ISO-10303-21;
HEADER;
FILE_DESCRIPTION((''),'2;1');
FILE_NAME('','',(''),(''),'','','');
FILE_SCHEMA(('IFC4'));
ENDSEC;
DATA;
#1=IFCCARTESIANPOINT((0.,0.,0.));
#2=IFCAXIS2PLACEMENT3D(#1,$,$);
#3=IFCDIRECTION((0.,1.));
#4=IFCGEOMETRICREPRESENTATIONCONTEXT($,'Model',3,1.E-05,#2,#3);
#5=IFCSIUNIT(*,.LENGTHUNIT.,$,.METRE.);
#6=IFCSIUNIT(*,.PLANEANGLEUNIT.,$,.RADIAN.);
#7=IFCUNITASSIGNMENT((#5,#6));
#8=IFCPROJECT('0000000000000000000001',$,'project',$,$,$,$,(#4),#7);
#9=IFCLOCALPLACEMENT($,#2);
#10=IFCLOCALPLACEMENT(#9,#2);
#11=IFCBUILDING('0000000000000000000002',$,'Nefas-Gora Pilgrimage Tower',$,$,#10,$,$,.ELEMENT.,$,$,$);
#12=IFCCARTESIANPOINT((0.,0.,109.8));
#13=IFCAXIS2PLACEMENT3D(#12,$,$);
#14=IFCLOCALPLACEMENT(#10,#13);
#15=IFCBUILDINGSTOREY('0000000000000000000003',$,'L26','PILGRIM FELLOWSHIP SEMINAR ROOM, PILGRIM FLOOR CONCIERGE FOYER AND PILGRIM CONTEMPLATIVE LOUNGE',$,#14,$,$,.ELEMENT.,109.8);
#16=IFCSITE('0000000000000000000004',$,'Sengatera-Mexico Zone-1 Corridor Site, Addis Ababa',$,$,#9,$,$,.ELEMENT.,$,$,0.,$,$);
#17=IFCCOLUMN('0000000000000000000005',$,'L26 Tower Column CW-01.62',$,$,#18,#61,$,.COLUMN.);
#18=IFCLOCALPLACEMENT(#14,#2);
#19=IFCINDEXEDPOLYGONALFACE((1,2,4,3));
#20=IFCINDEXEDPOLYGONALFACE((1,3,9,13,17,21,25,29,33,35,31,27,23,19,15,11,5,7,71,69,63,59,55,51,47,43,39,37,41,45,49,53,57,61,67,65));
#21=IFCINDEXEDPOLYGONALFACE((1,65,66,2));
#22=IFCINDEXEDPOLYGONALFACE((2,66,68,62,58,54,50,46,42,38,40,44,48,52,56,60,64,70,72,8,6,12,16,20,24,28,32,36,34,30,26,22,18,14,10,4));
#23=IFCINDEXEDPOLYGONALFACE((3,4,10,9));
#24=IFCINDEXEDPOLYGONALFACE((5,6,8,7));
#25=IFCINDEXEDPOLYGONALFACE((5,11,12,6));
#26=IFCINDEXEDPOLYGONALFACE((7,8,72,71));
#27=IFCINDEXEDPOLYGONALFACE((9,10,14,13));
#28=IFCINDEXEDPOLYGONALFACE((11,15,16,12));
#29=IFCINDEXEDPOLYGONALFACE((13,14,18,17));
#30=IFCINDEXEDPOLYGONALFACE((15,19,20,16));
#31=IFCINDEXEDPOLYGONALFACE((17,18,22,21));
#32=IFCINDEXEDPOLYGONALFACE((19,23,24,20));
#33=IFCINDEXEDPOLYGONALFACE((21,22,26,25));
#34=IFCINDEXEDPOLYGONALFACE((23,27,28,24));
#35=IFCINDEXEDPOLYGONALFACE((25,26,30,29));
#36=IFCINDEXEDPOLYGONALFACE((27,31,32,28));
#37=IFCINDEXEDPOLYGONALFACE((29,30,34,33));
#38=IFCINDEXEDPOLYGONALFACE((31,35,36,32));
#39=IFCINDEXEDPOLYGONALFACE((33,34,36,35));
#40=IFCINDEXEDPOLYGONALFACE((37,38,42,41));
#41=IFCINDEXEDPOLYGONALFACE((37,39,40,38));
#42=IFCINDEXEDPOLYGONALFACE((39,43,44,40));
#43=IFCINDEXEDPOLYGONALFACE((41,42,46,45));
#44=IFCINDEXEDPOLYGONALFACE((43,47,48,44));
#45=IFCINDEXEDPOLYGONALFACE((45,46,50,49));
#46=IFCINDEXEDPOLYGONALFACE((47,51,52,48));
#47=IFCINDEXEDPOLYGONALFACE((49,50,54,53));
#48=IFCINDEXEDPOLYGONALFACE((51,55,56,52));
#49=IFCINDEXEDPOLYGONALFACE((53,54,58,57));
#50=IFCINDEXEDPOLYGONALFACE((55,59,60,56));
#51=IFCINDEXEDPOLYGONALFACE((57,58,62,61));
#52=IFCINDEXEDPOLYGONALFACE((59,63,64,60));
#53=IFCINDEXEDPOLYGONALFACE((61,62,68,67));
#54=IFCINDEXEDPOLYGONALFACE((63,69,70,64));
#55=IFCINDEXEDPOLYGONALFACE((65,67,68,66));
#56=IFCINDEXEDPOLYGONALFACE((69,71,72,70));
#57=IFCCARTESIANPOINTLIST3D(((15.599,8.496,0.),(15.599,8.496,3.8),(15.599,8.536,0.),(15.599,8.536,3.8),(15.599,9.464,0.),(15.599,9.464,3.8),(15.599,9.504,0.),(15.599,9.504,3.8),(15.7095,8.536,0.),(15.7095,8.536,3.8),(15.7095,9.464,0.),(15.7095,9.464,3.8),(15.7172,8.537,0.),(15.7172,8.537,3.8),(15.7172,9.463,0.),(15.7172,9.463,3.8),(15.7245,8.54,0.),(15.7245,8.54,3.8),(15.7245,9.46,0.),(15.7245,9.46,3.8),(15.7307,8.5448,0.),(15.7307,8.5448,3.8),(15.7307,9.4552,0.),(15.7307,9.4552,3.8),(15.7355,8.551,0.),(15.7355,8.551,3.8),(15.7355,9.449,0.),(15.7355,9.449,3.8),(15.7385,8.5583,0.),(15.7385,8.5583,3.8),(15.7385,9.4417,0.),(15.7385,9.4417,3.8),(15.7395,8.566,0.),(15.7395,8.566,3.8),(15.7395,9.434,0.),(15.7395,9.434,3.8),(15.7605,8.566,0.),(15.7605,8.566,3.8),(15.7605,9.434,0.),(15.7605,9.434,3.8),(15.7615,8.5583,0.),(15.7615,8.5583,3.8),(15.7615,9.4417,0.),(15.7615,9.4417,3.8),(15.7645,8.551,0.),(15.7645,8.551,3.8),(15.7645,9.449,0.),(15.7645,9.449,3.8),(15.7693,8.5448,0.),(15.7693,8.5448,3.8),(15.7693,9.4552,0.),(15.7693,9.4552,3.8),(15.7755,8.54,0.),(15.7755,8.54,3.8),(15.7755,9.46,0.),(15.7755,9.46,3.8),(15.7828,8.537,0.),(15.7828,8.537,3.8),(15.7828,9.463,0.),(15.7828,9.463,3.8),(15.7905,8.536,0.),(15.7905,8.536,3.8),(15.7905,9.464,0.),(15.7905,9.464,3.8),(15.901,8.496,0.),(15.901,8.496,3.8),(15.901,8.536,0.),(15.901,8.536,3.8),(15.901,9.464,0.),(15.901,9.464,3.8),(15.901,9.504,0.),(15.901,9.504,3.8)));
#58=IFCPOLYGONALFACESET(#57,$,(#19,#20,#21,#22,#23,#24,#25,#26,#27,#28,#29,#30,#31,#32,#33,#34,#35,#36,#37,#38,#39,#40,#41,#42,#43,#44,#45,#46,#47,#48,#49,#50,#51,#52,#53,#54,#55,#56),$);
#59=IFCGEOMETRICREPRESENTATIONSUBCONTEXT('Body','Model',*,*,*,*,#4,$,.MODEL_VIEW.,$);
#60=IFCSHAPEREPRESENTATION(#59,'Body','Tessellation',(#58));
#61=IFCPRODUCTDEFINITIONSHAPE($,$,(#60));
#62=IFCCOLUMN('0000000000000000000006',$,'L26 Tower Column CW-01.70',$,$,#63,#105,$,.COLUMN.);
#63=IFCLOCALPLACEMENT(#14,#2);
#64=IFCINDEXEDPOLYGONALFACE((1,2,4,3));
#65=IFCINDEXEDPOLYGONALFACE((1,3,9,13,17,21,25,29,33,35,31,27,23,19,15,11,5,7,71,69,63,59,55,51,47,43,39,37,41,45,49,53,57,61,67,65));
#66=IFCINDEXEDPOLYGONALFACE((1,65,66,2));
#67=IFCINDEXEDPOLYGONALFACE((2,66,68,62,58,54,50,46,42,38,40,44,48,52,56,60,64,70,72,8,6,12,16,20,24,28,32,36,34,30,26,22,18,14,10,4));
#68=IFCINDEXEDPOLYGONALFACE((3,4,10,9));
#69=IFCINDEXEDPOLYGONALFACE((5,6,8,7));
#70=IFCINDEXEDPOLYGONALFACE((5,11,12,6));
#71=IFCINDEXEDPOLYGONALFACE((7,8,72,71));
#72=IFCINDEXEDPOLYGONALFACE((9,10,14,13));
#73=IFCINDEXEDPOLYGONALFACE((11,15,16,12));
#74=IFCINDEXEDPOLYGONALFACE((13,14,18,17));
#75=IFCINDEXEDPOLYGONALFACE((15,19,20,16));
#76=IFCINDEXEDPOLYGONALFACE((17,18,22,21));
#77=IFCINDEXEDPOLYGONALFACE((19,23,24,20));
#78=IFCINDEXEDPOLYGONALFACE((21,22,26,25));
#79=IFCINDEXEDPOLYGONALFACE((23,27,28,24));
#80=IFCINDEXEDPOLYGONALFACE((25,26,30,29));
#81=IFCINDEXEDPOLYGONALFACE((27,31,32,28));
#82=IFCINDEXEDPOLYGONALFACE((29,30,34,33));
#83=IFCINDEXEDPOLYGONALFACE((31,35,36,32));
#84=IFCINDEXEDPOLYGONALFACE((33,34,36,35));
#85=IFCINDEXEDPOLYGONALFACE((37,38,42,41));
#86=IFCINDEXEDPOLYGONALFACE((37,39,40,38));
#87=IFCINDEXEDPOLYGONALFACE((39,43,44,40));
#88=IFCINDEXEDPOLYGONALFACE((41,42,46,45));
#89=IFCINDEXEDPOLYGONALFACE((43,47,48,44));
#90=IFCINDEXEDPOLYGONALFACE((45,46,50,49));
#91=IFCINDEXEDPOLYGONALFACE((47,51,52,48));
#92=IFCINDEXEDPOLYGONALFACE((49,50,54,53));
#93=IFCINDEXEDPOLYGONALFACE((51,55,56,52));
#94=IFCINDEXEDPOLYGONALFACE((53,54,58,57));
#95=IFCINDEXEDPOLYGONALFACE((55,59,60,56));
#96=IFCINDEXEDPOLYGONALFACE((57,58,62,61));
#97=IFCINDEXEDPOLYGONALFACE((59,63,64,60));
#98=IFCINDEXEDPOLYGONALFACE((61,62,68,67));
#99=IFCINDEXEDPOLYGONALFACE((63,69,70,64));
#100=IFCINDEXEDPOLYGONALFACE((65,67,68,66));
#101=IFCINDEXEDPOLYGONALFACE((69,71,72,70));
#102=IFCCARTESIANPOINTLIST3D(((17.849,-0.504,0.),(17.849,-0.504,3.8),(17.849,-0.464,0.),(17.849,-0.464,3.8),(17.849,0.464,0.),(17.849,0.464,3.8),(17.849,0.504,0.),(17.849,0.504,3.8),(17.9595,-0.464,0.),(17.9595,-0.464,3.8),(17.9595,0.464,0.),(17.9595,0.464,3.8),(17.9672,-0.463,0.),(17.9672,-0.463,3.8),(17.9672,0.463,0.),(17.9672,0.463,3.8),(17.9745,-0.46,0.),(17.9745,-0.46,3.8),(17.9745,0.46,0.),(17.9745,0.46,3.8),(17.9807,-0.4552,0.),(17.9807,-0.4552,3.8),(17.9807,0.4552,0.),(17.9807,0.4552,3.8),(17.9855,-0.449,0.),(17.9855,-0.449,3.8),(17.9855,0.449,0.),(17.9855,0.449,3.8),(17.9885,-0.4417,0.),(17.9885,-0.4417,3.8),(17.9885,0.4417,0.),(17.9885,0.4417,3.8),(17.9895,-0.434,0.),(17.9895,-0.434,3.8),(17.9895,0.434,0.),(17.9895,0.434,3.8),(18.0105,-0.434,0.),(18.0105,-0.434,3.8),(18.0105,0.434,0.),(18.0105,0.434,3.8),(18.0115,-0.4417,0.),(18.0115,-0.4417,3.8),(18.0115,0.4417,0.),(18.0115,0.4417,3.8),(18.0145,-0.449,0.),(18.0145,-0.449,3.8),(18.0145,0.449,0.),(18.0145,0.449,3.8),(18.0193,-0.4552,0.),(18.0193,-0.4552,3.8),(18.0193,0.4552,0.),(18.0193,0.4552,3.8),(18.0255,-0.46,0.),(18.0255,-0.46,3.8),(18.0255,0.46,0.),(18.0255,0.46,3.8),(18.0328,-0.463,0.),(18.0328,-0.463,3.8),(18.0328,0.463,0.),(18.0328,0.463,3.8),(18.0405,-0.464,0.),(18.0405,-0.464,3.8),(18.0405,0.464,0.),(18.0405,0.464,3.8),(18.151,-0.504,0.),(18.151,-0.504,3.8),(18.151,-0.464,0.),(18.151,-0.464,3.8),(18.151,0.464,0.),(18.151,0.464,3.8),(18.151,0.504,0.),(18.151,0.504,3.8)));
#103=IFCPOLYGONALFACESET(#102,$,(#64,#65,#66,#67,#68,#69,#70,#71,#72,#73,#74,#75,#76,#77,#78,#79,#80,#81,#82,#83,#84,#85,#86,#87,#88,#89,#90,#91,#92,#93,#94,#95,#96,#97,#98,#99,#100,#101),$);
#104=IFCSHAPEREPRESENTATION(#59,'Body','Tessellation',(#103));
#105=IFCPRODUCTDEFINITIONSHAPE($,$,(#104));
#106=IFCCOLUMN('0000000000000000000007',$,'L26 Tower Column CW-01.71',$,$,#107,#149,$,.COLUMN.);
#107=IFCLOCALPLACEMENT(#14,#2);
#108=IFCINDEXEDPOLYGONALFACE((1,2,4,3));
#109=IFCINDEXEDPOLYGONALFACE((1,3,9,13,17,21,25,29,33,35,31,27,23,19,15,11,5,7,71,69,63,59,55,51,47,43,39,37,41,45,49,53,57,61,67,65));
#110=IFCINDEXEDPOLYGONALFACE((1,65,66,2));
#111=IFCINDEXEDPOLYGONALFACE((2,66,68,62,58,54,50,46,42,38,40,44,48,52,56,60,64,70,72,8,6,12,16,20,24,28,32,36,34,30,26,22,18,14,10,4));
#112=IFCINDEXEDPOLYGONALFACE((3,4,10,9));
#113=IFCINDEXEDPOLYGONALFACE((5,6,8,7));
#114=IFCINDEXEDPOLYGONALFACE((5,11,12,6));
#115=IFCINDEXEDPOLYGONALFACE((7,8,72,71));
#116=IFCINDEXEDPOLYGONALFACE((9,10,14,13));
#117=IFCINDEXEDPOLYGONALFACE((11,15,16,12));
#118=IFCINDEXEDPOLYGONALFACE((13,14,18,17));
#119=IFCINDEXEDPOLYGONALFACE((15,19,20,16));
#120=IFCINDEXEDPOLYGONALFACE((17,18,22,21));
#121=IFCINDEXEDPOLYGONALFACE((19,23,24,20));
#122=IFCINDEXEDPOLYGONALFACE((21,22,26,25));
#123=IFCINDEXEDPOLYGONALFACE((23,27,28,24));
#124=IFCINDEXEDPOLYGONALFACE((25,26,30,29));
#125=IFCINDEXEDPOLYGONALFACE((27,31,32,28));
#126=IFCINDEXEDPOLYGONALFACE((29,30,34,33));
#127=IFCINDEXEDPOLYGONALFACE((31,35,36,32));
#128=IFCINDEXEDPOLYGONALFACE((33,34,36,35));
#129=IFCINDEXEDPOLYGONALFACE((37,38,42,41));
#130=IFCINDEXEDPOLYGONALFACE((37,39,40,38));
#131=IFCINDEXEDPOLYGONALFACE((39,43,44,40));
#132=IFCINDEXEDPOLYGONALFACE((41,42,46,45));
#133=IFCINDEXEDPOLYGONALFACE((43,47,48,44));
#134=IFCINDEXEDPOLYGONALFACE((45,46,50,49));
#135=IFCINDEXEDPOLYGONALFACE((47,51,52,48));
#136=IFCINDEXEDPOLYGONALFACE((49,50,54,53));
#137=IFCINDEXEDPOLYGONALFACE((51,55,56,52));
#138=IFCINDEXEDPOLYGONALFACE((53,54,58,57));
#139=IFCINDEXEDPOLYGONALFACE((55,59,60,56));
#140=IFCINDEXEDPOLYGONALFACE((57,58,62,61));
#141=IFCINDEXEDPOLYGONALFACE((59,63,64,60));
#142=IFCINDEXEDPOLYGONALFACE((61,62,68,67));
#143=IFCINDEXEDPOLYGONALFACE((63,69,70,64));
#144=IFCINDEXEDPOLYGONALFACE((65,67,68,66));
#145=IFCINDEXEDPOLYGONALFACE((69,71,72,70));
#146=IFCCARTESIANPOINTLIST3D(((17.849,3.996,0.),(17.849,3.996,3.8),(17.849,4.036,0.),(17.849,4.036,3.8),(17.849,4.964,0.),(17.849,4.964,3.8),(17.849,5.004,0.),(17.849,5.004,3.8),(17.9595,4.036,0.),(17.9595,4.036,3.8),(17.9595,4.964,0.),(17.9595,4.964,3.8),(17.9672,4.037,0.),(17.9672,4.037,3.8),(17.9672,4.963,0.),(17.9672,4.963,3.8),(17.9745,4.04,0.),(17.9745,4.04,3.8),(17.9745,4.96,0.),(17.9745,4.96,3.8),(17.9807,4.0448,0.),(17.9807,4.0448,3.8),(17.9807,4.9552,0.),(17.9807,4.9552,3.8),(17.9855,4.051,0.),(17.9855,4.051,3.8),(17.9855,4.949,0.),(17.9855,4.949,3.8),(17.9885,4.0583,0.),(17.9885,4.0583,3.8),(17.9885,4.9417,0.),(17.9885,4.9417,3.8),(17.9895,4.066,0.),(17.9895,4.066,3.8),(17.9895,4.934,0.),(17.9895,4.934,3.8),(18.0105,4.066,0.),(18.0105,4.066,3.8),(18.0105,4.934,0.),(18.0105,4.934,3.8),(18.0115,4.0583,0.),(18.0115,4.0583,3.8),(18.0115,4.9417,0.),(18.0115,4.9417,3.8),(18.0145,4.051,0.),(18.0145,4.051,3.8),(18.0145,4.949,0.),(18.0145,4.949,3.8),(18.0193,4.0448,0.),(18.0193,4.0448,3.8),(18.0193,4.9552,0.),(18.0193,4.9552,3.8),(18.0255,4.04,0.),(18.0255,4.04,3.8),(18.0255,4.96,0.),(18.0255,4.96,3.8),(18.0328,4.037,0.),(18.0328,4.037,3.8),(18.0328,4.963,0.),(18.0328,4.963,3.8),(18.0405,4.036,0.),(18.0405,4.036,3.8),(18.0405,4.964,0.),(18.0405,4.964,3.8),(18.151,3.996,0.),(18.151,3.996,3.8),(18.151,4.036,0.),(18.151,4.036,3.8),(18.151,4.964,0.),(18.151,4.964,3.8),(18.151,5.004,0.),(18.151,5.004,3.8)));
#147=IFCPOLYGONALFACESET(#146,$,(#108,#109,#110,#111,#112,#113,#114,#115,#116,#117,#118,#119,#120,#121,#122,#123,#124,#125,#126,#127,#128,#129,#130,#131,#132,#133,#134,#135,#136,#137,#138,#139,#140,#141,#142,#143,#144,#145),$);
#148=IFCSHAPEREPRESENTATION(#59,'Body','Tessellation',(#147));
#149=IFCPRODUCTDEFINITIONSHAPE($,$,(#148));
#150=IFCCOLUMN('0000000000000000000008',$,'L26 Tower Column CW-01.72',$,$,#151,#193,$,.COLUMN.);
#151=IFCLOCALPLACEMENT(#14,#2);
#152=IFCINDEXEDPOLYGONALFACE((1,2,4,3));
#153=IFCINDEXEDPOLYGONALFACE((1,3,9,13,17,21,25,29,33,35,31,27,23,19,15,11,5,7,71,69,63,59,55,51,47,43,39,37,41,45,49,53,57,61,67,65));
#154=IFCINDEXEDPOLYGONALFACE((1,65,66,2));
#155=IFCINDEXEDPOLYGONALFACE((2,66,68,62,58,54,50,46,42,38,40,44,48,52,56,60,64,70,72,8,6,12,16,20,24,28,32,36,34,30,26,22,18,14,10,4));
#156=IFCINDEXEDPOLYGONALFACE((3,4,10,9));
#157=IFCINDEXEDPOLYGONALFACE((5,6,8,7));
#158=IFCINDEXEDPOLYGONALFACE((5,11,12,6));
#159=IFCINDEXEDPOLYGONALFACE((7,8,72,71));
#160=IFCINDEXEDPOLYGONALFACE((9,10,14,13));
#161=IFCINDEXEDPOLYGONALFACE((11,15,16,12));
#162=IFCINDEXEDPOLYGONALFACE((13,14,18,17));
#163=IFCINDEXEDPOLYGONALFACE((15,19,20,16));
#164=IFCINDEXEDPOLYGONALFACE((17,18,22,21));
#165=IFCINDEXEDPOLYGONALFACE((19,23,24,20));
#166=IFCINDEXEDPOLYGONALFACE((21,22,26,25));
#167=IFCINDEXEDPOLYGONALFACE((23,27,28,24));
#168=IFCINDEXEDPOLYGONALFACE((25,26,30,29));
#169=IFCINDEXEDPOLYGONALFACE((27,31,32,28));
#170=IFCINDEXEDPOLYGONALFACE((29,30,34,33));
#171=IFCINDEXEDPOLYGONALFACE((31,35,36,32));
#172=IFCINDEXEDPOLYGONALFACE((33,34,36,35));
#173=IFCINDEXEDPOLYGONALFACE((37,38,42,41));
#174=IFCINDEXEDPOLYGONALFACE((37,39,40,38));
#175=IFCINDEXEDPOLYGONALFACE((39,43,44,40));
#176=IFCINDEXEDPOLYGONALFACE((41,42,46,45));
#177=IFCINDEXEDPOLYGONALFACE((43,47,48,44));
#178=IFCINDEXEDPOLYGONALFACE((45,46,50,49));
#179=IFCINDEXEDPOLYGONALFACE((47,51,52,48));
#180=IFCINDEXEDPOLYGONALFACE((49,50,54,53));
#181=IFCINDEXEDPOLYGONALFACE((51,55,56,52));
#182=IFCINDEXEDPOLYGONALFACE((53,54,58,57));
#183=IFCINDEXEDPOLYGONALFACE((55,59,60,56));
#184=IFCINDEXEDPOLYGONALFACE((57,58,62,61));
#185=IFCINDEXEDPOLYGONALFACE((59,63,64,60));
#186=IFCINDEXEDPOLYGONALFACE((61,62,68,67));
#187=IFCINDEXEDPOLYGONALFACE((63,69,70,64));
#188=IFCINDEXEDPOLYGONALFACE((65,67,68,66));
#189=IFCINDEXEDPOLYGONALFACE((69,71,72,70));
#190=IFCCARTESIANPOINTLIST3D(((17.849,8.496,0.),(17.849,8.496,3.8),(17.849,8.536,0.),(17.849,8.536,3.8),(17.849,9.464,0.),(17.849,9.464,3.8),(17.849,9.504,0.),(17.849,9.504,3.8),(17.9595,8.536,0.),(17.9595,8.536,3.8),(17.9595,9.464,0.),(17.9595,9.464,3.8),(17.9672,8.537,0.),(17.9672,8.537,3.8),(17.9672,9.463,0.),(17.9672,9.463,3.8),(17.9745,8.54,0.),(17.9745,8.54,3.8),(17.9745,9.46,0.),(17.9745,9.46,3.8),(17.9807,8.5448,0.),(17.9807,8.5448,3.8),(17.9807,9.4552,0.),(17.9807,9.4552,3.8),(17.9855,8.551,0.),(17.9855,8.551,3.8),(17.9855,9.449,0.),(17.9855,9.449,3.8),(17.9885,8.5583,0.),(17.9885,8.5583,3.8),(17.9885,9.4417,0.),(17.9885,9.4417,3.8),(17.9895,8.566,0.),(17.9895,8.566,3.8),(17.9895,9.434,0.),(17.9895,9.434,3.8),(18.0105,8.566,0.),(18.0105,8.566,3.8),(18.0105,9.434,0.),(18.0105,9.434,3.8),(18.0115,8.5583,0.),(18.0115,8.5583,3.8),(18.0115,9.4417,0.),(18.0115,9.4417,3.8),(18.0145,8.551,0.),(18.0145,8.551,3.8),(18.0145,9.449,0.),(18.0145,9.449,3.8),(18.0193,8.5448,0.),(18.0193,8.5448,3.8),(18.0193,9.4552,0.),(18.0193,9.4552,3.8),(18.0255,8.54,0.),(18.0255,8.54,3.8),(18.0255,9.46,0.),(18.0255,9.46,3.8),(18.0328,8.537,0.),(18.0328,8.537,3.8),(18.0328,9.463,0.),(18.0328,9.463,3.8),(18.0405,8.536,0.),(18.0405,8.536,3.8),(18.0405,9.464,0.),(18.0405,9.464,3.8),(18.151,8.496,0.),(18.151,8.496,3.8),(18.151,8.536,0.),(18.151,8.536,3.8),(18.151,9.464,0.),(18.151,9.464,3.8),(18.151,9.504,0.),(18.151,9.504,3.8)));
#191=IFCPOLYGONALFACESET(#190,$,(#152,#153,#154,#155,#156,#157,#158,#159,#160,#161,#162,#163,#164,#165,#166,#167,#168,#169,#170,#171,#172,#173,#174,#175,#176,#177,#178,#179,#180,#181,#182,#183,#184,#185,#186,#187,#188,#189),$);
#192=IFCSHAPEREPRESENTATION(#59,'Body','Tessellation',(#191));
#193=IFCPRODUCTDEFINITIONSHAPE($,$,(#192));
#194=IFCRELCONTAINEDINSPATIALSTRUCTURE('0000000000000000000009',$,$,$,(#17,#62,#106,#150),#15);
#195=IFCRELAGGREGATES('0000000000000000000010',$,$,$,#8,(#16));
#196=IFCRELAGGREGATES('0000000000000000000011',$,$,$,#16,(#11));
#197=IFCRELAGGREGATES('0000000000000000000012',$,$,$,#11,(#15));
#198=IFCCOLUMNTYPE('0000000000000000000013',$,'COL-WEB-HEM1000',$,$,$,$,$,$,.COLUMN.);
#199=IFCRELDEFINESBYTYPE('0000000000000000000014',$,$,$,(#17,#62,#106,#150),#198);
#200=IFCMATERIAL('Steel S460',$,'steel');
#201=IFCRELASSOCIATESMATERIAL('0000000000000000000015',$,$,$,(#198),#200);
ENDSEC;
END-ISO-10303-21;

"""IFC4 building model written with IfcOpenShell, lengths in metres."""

from ifc_helpers import new_model, si_unit, direction, frame, origin, origin_2d, place, context, subcontext, project, spatial, i_section, extrude, source, transform, mapped, material, material_profile, profile_set, type_object, element, save


model = new_model("IFC4")

# Units and contexts
model_context = context("Model", 3, precision=1e-05, world=origin(), true_north=direction((0.0, 1.0)))
body_context = subcontext(model_context, "Body", "Model", "MODEL_VIEW")
ifc_project = project(units=[si_unit("LENGTHUNIT", "METRE"), si_unit("PLANEANGLEUNIT", "RADIAN")], contexts=[model_context])

# Site, building, storey
site_placement = place(None, origin())
site = spatial("IfcSite", under=ifc_project, at=site_placement, Name="Sengatera-Mexico Zone-1 Corridor Site, Addis Ababa", CompositionType="ELEMENT", RefElevation=0.0)
building_placement = place(site_placement, origin())
building = spatial("IfcBuilding", under=site, at=building_placement, Name="Nefas-Gora Pilgrimage Tower", CompositionType="ELEMENT")
storey_placement = place(building_placement, frame((0.0, 0.0, 109.8)))
storey = spatial("IfcBuildingStorey", under=building, at=storey_placement, Name="L26", Description="PILGRIM FELLOWSHIP SEMINAR ROOM, PILGRIM FLOOR CONCIERGE FOYER AND PILGRIM CONTEMPLATIVE LOUNGE", CompositionType="ELEMENT", Elevation=109.8)

# Columns
ifc_material_1 = material(Name="Steel S460", Category="steel")
ifc_material_profile_1 = material_profile(ifc_material_1, i_section(OverallWidth=0.302, OverallDepth=1.0081, WebThickness=0.021, FlangeThickness=0.04, FilletRadius=0.03, at=origin_2d()), Name="HEM 1000")
ifc_profile_set_1 = profile_set([ifc_material_profile_1], Name="Steel S460")
column_type_1 = type_object("IfcColumnType", Name="COL-WEB-HEM1000", PredefinedType="COLUMN", material=ifc_profile_set_1)
shared_shape_1 = source(origin(), body_context, "Body", "SweptSolid", [
    extrude(i_section(OverallWidth=0.302, OverallDepth=1.0081, WebThickness=0.021, FlangeThickness=0.04, FilletRadius=0.03, at=origin_2d()), origin(), (0.0, 0.0, 1.0), 3.8),
])
for number, where, z_axis, x_axis, name in (
    (1, (15.75, 9.0, 0.0), (0.0, 0.0, 1.0), (1.0, 0.0, 0.0), "L26 Tower Column CW-01.62"),
    (2, (18.0, 0.0, 0.0), (0.0, 0.0, 1.0), (1.0, 0.0, 0.0), "L26 Tower Column CW-01.70"),
    (3, (18.0, 4.5, 0.0), (0.0, 0.0, 1.0), (1.0, 0.0, 0.0), "L26 Tower Column CW-01.71"),
    (4, (18.0, 9.0, 0.0), (0.0, 0.0, 1.0), (1.0, 0.0, 0.0), "L26 Tower Column CW-01.72"),
):
    element("IfcColumn", number, at=place(storey_placement, frame(where, z_axis=z_axis, x_axis=x_axis)), inside=storey, type_object=column_type_1, Name=name, PredefinedType="COLUMN", context=body_context, shape_type="MappedRepresentation", body=[
        mapped(shared_shape_1, transform((0.0, 0.0, 0.0), x_axis=(1.0, 0.0, 0.0), y_axis=(0.0, 1.0, 0.0), z_axis=(0.0, 0.0, 1.0), scale=1.0)),
    ])

save(model, "model.ifc")
